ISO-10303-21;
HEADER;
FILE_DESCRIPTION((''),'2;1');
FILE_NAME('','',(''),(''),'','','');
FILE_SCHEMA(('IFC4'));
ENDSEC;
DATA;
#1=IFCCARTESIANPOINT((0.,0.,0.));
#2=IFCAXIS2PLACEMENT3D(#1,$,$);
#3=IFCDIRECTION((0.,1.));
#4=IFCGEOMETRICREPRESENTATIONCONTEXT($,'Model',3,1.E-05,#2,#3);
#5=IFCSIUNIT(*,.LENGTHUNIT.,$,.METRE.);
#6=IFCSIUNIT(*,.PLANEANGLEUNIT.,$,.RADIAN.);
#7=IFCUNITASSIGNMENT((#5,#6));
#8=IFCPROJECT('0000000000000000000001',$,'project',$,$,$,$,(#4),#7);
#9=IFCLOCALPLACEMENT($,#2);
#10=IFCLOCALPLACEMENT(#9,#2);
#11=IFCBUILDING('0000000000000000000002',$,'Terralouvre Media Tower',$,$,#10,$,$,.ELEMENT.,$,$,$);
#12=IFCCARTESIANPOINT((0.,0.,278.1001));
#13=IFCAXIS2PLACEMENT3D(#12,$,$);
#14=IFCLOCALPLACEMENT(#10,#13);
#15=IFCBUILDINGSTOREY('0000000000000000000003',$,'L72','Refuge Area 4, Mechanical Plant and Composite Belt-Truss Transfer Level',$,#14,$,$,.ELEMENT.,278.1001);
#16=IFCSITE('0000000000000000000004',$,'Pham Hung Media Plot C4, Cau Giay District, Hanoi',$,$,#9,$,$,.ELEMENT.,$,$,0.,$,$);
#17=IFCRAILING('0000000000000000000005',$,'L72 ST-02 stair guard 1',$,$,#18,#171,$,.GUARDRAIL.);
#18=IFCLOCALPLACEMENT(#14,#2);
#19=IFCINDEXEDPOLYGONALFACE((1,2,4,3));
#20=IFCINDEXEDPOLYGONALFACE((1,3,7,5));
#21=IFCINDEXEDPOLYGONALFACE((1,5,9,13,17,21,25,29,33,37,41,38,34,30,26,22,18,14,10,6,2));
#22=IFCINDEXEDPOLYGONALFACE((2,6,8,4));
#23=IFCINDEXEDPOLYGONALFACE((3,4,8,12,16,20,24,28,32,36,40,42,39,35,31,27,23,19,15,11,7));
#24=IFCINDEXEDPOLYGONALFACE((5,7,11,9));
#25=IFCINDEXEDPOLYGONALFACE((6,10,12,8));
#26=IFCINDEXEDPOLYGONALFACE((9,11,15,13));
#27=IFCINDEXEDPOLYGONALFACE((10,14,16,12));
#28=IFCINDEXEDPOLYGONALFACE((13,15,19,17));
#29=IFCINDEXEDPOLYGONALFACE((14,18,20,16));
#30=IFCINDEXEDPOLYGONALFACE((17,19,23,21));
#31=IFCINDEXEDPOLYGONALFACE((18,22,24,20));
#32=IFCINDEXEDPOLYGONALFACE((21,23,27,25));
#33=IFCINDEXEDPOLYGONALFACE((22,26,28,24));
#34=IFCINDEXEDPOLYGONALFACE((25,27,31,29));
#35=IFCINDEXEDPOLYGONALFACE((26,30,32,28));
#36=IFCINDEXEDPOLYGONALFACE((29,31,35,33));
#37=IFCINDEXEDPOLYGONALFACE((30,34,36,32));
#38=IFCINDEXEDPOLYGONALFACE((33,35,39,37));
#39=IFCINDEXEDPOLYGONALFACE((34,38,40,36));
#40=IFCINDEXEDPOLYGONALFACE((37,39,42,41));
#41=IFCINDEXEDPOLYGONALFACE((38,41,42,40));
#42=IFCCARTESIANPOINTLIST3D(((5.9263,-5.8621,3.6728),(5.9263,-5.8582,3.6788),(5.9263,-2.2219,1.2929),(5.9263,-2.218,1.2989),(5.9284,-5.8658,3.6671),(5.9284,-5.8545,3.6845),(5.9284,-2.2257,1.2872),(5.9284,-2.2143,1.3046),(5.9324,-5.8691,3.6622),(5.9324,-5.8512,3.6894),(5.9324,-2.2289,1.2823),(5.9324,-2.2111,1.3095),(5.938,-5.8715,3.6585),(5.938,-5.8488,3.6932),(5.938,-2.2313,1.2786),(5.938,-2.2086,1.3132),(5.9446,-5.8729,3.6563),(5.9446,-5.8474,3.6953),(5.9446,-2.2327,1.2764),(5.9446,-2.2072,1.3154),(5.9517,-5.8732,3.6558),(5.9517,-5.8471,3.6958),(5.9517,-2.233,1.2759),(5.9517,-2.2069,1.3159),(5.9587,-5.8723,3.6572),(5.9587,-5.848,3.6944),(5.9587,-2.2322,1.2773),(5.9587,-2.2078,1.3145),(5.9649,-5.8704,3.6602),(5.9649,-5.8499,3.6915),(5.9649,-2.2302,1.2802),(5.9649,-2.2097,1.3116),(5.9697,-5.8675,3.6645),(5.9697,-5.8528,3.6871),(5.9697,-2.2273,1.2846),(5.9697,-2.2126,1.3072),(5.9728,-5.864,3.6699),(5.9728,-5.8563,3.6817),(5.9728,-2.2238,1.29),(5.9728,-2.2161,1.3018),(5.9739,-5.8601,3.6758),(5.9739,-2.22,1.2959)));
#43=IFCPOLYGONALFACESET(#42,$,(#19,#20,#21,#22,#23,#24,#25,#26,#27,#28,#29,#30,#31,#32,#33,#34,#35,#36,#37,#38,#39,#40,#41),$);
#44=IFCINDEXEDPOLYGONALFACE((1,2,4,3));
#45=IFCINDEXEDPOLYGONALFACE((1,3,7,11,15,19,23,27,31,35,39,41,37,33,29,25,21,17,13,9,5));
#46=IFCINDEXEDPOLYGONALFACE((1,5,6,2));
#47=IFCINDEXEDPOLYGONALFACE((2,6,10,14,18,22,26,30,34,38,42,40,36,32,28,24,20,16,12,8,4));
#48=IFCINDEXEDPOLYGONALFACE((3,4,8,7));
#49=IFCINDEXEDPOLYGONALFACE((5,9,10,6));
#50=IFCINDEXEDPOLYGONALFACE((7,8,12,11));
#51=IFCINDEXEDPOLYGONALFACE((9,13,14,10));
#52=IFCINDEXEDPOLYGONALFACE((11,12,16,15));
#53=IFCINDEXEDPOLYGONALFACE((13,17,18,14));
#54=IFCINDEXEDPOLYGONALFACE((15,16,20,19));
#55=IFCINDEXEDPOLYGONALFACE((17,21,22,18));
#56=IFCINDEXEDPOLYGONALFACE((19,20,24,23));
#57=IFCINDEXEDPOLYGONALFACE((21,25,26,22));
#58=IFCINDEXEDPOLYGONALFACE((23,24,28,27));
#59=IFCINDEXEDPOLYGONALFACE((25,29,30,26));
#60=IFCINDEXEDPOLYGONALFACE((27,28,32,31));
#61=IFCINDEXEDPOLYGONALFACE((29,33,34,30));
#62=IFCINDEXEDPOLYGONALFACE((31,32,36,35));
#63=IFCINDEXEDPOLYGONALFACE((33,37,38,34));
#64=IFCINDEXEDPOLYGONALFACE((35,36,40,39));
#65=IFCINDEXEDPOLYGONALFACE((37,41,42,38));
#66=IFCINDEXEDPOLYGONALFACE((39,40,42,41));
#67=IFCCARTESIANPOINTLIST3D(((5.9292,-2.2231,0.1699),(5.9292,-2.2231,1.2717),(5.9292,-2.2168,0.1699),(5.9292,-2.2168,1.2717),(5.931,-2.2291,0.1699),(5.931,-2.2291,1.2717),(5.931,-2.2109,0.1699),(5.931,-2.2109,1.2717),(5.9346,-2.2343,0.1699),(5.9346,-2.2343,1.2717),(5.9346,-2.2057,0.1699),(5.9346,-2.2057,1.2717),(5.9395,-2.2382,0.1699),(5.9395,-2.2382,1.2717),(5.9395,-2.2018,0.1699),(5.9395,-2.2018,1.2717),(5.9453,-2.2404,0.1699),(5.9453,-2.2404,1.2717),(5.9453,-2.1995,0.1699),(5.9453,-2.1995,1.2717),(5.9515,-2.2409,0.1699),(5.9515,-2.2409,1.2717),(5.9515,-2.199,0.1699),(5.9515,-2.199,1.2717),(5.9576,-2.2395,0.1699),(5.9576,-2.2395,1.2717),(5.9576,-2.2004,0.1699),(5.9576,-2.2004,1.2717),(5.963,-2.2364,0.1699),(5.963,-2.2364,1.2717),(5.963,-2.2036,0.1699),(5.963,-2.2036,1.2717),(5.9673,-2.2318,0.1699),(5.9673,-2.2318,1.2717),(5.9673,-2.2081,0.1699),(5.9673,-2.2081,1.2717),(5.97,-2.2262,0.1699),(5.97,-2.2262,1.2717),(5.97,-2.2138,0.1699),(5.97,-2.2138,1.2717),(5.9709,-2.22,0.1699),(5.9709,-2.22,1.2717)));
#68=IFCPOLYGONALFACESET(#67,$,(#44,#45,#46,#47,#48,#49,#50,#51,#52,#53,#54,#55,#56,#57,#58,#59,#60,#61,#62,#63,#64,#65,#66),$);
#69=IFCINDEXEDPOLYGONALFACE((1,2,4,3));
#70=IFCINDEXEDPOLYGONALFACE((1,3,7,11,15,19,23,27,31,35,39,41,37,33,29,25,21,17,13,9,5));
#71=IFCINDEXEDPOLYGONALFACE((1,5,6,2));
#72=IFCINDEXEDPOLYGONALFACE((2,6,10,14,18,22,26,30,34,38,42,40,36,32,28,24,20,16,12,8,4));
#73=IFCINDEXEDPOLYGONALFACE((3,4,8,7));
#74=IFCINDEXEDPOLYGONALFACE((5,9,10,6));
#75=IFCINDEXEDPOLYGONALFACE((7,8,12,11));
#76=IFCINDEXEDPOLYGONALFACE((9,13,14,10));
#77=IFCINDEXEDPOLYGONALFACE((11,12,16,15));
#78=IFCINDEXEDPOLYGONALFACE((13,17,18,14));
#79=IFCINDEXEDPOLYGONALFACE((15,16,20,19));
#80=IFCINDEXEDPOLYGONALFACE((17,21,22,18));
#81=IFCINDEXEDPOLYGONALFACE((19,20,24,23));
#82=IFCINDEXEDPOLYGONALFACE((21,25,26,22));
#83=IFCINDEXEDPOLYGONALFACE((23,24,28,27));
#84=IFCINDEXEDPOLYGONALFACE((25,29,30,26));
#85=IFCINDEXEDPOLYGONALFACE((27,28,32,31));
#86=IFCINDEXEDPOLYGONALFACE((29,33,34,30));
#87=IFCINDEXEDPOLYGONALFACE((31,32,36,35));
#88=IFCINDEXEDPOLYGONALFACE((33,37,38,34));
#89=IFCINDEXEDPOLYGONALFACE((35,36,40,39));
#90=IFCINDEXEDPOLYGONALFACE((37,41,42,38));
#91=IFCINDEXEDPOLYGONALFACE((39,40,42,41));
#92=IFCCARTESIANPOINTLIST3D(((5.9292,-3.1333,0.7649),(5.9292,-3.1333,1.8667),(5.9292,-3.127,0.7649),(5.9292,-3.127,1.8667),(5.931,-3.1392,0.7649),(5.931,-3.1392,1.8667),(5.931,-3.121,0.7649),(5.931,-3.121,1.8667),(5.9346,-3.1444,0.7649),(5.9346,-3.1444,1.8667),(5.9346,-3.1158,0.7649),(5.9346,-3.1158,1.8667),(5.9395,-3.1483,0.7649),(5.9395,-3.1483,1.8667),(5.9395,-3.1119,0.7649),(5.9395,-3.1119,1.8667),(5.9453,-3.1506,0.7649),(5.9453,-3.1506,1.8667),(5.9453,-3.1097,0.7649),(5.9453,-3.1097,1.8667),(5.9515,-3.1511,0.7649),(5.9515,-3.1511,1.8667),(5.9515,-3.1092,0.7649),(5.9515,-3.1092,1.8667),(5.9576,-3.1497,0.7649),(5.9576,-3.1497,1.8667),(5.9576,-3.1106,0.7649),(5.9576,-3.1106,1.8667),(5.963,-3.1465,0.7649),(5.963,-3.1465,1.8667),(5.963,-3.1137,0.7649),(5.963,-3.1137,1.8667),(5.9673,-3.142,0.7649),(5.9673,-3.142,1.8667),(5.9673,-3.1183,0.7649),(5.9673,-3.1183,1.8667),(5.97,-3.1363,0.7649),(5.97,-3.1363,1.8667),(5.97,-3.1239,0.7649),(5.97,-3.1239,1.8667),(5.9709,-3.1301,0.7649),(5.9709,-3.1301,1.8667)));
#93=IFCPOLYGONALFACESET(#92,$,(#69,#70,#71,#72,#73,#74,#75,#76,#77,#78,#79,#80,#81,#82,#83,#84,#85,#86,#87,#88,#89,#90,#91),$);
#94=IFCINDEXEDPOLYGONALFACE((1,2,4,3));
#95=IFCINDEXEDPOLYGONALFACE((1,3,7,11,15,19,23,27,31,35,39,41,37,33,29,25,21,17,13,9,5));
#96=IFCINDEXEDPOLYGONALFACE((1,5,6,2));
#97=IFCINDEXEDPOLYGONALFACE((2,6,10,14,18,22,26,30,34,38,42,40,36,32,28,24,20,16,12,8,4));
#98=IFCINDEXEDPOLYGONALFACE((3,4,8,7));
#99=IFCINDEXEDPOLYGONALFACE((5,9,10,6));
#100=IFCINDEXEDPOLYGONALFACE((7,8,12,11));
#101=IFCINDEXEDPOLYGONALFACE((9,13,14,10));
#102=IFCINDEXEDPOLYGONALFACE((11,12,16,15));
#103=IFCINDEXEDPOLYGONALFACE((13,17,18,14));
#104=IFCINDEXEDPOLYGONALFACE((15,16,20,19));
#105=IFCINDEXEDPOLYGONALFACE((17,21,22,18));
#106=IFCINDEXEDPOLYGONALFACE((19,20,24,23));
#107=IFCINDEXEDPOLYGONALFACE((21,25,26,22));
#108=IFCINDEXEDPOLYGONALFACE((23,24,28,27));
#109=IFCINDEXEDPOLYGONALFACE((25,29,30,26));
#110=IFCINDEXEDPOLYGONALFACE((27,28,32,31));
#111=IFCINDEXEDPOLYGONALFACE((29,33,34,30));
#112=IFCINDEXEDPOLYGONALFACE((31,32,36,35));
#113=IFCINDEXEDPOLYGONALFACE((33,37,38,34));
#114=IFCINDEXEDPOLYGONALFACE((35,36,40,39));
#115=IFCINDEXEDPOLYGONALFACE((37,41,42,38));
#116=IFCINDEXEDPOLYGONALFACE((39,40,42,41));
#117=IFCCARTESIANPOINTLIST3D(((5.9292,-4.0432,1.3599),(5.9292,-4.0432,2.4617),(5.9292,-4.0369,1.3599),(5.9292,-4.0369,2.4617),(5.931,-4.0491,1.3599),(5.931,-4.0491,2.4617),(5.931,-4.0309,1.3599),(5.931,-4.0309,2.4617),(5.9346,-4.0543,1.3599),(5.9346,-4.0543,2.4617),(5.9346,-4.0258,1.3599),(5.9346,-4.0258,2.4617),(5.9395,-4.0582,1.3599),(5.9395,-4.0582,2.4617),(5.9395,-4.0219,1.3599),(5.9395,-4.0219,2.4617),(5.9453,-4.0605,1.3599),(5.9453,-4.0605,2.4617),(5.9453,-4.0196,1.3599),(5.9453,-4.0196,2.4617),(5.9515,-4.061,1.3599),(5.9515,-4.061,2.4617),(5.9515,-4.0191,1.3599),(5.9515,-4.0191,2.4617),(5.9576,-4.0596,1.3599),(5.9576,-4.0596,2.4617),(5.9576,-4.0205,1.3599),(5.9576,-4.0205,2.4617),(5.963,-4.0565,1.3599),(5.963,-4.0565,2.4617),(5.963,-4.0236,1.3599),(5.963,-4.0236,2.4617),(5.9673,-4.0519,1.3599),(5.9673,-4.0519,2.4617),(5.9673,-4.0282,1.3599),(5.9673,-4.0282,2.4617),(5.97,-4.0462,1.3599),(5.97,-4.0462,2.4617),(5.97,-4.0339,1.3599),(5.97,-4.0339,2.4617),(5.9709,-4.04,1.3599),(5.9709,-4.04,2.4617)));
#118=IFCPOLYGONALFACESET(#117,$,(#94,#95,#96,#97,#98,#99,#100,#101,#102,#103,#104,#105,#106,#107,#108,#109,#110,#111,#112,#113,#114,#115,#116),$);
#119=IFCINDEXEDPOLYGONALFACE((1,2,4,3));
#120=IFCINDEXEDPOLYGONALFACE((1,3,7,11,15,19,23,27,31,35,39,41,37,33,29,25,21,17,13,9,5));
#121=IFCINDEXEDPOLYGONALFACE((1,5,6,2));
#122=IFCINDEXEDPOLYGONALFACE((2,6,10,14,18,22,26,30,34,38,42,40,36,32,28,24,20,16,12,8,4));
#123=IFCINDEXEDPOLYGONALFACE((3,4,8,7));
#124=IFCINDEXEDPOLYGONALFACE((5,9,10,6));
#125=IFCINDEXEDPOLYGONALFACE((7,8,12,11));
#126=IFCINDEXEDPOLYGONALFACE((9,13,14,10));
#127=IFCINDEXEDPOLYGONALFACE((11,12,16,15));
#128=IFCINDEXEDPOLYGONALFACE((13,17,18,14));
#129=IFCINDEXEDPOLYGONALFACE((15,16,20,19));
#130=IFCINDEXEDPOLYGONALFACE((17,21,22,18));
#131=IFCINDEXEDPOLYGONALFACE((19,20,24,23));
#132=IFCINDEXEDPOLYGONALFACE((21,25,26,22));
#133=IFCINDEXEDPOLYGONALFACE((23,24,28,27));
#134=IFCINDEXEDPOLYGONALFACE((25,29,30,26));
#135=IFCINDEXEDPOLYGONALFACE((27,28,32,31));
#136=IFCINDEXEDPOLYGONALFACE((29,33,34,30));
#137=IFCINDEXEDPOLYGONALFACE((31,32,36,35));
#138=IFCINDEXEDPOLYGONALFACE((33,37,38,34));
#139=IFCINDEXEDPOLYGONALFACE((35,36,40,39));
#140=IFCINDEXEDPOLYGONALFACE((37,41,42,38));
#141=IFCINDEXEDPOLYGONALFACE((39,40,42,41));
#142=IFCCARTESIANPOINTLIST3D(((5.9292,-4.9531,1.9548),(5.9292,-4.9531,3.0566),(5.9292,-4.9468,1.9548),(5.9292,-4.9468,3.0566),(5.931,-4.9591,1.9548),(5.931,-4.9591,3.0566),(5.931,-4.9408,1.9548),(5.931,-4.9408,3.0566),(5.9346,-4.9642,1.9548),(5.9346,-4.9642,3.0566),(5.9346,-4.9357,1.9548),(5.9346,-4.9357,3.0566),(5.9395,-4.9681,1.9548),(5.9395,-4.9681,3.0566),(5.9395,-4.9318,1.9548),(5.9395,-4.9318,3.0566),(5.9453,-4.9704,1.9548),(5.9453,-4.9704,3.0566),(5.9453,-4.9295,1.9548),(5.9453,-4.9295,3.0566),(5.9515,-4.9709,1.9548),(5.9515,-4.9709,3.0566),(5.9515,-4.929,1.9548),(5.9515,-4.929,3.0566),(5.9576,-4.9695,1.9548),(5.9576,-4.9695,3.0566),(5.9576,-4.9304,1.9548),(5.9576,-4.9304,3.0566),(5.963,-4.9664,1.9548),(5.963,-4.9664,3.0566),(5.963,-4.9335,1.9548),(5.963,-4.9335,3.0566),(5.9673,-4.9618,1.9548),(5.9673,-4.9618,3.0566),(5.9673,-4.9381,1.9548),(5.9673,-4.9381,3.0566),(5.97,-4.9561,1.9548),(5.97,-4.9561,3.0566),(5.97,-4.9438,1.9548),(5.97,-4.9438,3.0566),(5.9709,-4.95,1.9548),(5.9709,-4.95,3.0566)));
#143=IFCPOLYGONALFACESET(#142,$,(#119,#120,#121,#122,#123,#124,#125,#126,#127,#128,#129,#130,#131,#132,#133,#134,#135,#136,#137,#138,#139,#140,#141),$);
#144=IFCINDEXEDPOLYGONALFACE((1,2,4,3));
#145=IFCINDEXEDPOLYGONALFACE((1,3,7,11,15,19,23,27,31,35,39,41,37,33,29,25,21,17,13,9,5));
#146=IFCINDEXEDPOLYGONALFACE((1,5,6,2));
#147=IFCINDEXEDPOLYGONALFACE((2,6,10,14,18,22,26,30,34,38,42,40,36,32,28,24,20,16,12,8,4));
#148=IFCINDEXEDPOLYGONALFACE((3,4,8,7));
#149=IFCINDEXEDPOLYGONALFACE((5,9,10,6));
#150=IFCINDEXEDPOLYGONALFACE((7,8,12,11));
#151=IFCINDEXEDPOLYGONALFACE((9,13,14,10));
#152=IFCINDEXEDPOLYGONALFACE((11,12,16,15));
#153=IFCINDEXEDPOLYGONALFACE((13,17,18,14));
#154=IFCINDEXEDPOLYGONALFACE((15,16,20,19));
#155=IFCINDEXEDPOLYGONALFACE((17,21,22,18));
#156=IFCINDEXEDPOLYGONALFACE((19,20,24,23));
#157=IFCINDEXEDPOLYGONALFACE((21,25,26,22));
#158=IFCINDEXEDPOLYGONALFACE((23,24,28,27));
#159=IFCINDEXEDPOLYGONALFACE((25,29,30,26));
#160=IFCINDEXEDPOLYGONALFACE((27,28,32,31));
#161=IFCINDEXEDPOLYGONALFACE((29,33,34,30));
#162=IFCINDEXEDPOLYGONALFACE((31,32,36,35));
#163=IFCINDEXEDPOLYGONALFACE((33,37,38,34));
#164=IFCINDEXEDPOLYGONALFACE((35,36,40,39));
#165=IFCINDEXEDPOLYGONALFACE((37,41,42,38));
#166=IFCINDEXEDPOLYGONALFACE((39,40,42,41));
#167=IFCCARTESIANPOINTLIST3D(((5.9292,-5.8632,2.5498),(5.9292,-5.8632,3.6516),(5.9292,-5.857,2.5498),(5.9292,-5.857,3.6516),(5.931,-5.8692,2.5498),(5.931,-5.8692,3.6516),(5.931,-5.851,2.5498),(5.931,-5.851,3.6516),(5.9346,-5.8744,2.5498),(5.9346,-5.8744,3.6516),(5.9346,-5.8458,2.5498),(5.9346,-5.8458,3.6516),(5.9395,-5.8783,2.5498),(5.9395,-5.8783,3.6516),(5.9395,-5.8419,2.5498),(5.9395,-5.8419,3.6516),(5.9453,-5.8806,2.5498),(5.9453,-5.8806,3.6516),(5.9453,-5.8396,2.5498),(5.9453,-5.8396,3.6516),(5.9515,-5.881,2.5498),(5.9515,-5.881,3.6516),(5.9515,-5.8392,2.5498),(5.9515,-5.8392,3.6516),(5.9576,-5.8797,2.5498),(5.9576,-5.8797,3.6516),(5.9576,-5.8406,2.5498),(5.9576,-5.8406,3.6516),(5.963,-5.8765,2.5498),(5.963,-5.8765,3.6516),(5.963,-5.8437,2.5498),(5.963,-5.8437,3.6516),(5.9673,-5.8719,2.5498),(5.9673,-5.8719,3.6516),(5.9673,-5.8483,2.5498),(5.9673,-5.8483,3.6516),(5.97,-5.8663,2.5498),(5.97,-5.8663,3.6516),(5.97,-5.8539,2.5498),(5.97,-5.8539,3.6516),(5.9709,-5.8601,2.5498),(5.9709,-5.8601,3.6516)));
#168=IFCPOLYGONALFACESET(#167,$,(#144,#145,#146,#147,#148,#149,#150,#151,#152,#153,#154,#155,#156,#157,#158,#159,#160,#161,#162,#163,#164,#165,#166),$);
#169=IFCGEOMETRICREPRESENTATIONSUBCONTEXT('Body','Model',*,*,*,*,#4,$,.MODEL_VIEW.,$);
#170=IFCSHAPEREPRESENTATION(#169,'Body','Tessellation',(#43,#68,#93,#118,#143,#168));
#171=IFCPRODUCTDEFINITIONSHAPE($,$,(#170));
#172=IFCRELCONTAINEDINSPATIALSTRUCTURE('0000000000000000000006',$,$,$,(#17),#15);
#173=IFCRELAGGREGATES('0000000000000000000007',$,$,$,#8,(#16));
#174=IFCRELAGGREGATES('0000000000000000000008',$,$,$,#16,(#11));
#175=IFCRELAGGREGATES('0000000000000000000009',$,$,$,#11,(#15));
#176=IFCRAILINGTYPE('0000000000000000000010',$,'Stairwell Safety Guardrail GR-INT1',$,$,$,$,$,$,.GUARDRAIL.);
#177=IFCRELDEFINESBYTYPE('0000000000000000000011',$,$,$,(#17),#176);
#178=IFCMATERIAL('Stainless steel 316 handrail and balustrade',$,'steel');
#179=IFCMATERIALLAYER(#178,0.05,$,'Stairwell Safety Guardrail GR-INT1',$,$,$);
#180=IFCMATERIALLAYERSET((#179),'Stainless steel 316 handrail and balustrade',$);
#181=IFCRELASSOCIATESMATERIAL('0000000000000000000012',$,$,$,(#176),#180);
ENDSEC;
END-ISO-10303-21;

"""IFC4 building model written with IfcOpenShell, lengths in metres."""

from ifc_helpers import new_model, si_unit, direction, frame, origin, origin_2d, place, context, subcontext, project, spatial, circle, extrude, material, layer, layer_set, type_object, element, save


model = new_model("IFC4")

# Units and contexts
model_context = context("Model", 3, precision=1e-05, world=origin(), true_north=direction((0.0, 1.0)))
body_context = subcontext(model_context, "Body", "Model", "MODEL_VIEW")
ifc_project = project(units=[si_unit("LENGTHUNIT", "METRE"), si_unit("PLANEANGLEUNIT", "RADIAN")], contexts=[model_context])

# Site, building, storey
site_placement = place(None, origin())
site = spatial("IfcSite", under=ifc_project, at=site_placement, Name="Pham Hung Media Plot C4, Cau Giay District, Hanoi", CompositionType="ELEMENT", RefElevation=0.0)
building_placement = place(site_placement, origin())
building = spatial("IfcBuilding", under=site, at=building_placement, Name="Terralouvre Media Tower", CompositionType="ELEMENT")
storey_placement = place(building_placement, frame((0.0, 0.0, 278.1001)))
storey = spatial("IfcBuildingStorey", under=building, at=storey_placement, Name="L72", Description="Refuge Area 4, Mechanical Plant and Composite Belt-Truss Transfer Level", CompositionType="ELEMENT", Elevation=278.1001)

# Railing
ifc_material_1 = material(Name="Stainless steel 316 handrail and balustrade", Category="steel")
ifc_layer_1 = layer(ifc_material_1, 0.05, Name="Stairwell Safety Guardrail GR-INT1")
ifc_layer_set_1 = layer_set([ifc_layer_1], Name="Stainless steel 316 handrail and balustrade")
railing_type_1 = type_object("IfcRailingType", Name="Stairwell Safety Guardrail GR-INT1", PredefinedType="GUARDRAIL", material=ifc_layer_set_1)
railing_1_placement = place(storey_placement, frame((5.95, -2.22, 0.1699)))
element("IfcRailing", 1, at=railing_1_placement, inside=storey, type_object=railing_type_1, Name="L72 ST-02 stair guard 1", PredefinedType="GUARDRAIL", context=body_context, shape_type="SweptSolid", body=[
    extrude(circle(Radius=0.0239, at=origin_2d()), frame((0.0, 0.0, 1.126), z_axis=(0.0, -0.836991, 0.547216), x_axis=(1.0, 0.0, 0.0)), (0.0, 0.0, 1.0), 4.3491),
    extrude(circle(Radius=0.021, at=origin_2d()), origin(), (0.0, 0.0, 1.0), 1.1018),
    extrude(circle(Radius=0.021, at=origin_2d()), frame((0.0, -0.9102, 0.595)), (0.0, 0.0, 1.0), 1.1018),
    extrude(circle(Radius=0.021, at=origin_2d()), frame((0.0, -1.8201, 1.1899)), (0.0, 0.0, 1.0), 1.1018),
    extrude(circle(Radius=0.021, at=origin_2d()), frame((0.0, -2.73, 1.7849)), (0.0, 0.0, 1.0), 1.1018),
    extrude(circle(Radius=0.021, at=origin_2d()), frame((0.0, -3.6401, 2.3799)), (0.0, 0.0, 1.0), 1.1018),
])

save(model, "model.ifc")
